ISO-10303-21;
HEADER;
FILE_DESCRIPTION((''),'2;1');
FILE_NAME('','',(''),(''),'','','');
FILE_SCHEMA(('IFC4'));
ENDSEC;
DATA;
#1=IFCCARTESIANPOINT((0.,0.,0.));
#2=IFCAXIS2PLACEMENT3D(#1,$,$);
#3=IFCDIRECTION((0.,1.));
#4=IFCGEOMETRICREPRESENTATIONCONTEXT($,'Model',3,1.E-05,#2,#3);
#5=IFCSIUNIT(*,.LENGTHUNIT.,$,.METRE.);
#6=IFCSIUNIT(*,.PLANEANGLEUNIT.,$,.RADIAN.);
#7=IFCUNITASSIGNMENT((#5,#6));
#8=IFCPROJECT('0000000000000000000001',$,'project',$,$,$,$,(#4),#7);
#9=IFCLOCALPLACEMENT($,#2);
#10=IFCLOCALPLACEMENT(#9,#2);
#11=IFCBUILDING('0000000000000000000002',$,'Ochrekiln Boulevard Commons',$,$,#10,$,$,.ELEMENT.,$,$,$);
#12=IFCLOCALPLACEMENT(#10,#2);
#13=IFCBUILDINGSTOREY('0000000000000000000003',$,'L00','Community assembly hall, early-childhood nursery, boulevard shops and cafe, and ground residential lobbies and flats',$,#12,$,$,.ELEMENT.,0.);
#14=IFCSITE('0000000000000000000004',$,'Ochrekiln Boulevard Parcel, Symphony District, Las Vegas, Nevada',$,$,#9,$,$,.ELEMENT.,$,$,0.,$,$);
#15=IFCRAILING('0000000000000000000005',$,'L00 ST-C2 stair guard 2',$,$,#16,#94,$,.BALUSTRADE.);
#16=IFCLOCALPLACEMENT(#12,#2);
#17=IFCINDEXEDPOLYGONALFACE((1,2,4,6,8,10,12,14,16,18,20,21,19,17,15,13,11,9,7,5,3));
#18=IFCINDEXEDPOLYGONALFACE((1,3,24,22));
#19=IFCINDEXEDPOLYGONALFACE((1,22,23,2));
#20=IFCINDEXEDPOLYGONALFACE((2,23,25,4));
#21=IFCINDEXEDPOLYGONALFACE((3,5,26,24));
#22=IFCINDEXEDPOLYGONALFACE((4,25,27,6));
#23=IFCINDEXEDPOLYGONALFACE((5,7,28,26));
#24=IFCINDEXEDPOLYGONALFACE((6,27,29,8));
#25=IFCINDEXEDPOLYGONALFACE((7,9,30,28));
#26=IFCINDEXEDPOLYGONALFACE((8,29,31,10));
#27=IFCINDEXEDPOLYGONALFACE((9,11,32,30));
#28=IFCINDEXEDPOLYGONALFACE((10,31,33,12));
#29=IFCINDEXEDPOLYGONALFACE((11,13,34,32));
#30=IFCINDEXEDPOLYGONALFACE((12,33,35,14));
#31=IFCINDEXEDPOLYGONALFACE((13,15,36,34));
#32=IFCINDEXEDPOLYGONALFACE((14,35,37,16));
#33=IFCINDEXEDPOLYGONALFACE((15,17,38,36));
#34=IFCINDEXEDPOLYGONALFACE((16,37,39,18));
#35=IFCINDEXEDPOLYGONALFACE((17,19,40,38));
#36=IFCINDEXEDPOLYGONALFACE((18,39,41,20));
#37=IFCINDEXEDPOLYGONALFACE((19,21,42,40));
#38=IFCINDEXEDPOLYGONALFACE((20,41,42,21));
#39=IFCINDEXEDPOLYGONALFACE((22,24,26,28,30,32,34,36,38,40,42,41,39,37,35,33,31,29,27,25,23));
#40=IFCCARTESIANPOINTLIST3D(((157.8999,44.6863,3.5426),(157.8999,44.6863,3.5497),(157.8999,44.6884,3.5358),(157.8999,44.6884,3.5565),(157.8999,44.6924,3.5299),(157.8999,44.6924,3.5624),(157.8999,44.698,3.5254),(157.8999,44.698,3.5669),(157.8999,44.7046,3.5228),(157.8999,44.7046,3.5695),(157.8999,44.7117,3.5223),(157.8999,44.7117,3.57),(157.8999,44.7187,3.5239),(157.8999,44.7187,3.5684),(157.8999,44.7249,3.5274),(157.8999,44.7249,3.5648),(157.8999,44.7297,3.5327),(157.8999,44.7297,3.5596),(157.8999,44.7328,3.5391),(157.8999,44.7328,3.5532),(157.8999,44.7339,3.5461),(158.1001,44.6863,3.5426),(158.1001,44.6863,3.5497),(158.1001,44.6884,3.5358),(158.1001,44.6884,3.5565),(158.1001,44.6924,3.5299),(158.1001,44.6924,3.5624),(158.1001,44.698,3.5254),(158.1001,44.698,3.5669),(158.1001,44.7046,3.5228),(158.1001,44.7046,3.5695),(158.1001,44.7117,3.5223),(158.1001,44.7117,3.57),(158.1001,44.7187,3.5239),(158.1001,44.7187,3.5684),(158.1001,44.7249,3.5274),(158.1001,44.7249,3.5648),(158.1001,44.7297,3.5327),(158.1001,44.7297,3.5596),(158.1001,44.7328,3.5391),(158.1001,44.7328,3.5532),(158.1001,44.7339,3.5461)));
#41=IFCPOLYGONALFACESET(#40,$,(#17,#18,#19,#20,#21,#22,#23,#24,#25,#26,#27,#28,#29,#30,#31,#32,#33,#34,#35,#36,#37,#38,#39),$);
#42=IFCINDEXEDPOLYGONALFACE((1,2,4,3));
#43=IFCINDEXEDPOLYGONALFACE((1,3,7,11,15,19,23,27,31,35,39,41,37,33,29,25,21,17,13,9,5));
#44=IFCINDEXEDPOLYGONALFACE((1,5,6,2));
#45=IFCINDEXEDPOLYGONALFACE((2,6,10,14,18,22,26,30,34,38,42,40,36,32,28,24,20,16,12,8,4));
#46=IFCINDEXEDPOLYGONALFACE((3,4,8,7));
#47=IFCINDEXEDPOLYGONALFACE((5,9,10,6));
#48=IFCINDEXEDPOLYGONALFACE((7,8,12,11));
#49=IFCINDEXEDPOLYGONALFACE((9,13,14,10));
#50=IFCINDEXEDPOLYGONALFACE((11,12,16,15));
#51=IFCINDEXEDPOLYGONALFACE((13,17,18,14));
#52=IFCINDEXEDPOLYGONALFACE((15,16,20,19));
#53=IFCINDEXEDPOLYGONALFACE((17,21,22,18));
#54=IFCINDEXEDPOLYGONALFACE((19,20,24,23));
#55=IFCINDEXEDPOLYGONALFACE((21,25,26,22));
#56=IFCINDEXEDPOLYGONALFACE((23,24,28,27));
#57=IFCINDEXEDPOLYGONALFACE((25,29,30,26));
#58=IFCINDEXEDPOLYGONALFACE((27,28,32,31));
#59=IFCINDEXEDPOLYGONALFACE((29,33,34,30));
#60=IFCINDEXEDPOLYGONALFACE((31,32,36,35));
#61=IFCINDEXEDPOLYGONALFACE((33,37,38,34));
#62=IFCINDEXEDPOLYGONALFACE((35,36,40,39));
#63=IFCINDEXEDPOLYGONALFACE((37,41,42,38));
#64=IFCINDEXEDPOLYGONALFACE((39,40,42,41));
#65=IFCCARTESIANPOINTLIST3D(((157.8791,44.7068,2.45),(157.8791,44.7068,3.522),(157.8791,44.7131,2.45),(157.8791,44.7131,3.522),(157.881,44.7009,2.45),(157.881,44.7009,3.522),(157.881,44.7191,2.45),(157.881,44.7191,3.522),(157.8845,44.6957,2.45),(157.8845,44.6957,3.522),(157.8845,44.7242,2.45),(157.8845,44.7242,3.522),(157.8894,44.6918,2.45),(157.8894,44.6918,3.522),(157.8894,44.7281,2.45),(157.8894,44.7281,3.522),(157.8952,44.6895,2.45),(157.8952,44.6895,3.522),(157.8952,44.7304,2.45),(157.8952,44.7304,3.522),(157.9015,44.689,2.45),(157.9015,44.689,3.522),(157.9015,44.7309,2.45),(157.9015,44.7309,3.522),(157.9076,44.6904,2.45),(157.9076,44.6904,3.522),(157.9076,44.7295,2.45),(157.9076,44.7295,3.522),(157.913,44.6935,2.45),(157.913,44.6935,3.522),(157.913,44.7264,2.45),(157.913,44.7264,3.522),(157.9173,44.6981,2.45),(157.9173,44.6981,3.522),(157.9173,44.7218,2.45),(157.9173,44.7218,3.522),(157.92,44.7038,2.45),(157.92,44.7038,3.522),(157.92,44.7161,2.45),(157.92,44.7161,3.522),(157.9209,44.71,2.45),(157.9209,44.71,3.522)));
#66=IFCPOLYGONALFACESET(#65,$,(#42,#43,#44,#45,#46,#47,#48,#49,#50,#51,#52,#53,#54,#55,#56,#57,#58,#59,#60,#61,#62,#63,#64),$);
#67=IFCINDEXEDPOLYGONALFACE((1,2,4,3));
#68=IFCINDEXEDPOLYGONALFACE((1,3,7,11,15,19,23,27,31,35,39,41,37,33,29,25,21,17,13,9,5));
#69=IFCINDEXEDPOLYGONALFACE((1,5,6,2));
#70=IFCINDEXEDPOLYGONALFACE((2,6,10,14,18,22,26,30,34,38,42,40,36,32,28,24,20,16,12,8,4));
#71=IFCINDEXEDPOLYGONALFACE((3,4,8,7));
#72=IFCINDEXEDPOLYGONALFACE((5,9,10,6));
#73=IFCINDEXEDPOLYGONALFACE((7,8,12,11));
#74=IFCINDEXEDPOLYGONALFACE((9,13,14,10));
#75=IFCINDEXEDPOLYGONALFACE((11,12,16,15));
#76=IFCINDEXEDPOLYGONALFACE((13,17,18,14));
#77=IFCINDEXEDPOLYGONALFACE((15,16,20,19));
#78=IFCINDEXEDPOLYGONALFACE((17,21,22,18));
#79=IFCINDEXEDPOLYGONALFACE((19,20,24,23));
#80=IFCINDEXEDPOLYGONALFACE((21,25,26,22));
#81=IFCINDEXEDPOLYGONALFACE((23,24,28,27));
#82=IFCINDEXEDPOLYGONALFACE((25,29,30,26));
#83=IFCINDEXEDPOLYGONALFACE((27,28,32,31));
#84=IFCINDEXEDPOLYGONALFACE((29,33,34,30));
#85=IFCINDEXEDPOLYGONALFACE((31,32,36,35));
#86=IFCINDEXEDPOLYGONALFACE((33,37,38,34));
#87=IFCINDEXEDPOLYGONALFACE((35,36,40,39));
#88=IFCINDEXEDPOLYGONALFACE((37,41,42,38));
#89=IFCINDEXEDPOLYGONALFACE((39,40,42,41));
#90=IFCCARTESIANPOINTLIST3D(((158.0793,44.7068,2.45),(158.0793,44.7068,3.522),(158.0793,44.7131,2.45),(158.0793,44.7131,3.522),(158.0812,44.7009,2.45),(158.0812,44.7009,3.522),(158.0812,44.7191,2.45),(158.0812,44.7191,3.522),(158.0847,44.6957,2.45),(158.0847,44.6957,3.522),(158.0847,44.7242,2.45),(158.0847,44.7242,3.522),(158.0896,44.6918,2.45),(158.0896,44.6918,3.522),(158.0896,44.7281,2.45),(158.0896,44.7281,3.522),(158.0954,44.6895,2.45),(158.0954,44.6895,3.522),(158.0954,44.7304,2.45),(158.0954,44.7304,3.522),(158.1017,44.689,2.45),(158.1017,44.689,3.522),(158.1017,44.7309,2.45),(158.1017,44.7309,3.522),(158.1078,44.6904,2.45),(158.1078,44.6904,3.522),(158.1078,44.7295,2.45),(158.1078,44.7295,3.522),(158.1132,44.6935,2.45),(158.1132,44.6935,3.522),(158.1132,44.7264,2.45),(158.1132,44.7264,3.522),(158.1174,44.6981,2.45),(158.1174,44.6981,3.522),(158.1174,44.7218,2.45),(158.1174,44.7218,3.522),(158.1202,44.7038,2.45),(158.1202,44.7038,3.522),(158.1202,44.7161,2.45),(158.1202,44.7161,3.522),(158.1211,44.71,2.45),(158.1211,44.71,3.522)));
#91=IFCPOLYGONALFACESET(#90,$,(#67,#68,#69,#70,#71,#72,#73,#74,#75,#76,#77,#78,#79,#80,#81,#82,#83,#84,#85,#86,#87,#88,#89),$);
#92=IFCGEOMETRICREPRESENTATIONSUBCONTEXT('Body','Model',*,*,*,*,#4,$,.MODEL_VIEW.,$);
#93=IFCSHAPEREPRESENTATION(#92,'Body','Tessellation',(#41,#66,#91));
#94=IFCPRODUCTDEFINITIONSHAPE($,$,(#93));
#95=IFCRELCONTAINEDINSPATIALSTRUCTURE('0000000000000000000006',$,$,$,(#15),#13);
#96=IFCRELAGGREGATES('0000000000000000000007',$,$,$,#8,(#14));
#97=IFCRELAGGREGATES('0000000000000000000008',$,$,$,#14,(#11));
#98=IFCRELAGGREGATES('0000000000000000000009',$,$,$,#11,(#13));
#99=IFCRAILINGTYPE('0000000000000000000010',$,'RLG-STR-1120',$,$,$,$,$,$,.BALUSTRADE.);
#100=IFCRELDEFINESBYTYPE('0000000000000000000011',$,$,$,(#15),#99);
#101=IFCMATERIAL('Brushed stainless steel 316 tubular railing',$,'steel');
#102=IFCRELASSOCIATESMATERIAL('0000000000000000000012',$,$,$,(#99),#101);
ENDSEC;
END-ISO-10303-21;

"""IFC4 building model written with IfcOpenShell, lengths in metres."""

from ifc_helpers import new_model, si_unit, direction, frame, origin, origin_2d, place, context, subcontext, project, spatial, circle, extrude, material, type_object, element, save


model = new_model("IFC4")

# Units and contexts
model_context = context("Model", 3, precision=1e-05, world=origin(), true_north=direction((0.0, 1.0)))
body_context = subcontext(model_context, "Body", "Model", "MODEL_VIEW")
ifc_project = project(units=[si_unit("LENGTHUNIT", "METRE"), si_unit("PLANEANGLEUNIT", "RADIAN")], contexts=[model_context])

# Site, building, storey
site_placement = place(None, origin())
site = spatial("IfcSite", under=ifc_project, at=site_placement, Name="Ochrekiln Boulevard Parcel, Symphony District, Las Vegas, Nevada", CompositionType="ELEMENT", RefElevation=0.0)
building_placement = place(site_placement, origin())
building = spatial("IfcBuilding", under=site, at=building_placement, Name="Ochrekiln Boulevard Commons", CompositionType="ELEMENT")
storey_placement = place(building_placement, origin())
storey = spatial("IfcBuildingStorey", under=building, at=storey_placement, Name="L00", Description="Community assembly hall, early-childhood nursery, boulevard shops and cafe, and ground residential lobbies and flats", CompositionType="ELEMENT", Elevation=0.0)

# Railing
ifc_material_1 = material(Name="Brushed stainless steel 316 tubular railing", Category="steel")
railing_type_1 = type_object("IfcRailingType", Name="RLG-STR-1120", PredefinedType="BALUSTRADE", material=ifc_material_1)
railing_1_placement = place(storey_placement, frame((157.8999, 44.71, 2.45)))
element("IfcRailing", 1, at=railing_1_placement, inside=storey, type_object=railing_type_1, Name="L00 ST-C2 stair guard 2", PredefinedType="BALUSTRADE", context=body_context, shape_type="SweptSolid", body=[
    extrude(circle(Radius=0.0239, at=origin_2d()), frame((0.0, 0.0, 1.0962), z_axis=(1.0, 0.0, 0.0), x_axis=(0.0, 1.0, 0.0)), (0.0, 0.0, 1.0), 0.2002),
    extrude(circle(Radius=0.021, at=origin_2d()), origin(), (0.0, 0.0, 1.0), 1.072),
    extrude(circle(Radius=0.021, at=origin_2d()), frame((0.2002, 0.0, 0.0)), (0.0, 0.0, 1.0), 1.072),
])

save(model, "model.ifc")
